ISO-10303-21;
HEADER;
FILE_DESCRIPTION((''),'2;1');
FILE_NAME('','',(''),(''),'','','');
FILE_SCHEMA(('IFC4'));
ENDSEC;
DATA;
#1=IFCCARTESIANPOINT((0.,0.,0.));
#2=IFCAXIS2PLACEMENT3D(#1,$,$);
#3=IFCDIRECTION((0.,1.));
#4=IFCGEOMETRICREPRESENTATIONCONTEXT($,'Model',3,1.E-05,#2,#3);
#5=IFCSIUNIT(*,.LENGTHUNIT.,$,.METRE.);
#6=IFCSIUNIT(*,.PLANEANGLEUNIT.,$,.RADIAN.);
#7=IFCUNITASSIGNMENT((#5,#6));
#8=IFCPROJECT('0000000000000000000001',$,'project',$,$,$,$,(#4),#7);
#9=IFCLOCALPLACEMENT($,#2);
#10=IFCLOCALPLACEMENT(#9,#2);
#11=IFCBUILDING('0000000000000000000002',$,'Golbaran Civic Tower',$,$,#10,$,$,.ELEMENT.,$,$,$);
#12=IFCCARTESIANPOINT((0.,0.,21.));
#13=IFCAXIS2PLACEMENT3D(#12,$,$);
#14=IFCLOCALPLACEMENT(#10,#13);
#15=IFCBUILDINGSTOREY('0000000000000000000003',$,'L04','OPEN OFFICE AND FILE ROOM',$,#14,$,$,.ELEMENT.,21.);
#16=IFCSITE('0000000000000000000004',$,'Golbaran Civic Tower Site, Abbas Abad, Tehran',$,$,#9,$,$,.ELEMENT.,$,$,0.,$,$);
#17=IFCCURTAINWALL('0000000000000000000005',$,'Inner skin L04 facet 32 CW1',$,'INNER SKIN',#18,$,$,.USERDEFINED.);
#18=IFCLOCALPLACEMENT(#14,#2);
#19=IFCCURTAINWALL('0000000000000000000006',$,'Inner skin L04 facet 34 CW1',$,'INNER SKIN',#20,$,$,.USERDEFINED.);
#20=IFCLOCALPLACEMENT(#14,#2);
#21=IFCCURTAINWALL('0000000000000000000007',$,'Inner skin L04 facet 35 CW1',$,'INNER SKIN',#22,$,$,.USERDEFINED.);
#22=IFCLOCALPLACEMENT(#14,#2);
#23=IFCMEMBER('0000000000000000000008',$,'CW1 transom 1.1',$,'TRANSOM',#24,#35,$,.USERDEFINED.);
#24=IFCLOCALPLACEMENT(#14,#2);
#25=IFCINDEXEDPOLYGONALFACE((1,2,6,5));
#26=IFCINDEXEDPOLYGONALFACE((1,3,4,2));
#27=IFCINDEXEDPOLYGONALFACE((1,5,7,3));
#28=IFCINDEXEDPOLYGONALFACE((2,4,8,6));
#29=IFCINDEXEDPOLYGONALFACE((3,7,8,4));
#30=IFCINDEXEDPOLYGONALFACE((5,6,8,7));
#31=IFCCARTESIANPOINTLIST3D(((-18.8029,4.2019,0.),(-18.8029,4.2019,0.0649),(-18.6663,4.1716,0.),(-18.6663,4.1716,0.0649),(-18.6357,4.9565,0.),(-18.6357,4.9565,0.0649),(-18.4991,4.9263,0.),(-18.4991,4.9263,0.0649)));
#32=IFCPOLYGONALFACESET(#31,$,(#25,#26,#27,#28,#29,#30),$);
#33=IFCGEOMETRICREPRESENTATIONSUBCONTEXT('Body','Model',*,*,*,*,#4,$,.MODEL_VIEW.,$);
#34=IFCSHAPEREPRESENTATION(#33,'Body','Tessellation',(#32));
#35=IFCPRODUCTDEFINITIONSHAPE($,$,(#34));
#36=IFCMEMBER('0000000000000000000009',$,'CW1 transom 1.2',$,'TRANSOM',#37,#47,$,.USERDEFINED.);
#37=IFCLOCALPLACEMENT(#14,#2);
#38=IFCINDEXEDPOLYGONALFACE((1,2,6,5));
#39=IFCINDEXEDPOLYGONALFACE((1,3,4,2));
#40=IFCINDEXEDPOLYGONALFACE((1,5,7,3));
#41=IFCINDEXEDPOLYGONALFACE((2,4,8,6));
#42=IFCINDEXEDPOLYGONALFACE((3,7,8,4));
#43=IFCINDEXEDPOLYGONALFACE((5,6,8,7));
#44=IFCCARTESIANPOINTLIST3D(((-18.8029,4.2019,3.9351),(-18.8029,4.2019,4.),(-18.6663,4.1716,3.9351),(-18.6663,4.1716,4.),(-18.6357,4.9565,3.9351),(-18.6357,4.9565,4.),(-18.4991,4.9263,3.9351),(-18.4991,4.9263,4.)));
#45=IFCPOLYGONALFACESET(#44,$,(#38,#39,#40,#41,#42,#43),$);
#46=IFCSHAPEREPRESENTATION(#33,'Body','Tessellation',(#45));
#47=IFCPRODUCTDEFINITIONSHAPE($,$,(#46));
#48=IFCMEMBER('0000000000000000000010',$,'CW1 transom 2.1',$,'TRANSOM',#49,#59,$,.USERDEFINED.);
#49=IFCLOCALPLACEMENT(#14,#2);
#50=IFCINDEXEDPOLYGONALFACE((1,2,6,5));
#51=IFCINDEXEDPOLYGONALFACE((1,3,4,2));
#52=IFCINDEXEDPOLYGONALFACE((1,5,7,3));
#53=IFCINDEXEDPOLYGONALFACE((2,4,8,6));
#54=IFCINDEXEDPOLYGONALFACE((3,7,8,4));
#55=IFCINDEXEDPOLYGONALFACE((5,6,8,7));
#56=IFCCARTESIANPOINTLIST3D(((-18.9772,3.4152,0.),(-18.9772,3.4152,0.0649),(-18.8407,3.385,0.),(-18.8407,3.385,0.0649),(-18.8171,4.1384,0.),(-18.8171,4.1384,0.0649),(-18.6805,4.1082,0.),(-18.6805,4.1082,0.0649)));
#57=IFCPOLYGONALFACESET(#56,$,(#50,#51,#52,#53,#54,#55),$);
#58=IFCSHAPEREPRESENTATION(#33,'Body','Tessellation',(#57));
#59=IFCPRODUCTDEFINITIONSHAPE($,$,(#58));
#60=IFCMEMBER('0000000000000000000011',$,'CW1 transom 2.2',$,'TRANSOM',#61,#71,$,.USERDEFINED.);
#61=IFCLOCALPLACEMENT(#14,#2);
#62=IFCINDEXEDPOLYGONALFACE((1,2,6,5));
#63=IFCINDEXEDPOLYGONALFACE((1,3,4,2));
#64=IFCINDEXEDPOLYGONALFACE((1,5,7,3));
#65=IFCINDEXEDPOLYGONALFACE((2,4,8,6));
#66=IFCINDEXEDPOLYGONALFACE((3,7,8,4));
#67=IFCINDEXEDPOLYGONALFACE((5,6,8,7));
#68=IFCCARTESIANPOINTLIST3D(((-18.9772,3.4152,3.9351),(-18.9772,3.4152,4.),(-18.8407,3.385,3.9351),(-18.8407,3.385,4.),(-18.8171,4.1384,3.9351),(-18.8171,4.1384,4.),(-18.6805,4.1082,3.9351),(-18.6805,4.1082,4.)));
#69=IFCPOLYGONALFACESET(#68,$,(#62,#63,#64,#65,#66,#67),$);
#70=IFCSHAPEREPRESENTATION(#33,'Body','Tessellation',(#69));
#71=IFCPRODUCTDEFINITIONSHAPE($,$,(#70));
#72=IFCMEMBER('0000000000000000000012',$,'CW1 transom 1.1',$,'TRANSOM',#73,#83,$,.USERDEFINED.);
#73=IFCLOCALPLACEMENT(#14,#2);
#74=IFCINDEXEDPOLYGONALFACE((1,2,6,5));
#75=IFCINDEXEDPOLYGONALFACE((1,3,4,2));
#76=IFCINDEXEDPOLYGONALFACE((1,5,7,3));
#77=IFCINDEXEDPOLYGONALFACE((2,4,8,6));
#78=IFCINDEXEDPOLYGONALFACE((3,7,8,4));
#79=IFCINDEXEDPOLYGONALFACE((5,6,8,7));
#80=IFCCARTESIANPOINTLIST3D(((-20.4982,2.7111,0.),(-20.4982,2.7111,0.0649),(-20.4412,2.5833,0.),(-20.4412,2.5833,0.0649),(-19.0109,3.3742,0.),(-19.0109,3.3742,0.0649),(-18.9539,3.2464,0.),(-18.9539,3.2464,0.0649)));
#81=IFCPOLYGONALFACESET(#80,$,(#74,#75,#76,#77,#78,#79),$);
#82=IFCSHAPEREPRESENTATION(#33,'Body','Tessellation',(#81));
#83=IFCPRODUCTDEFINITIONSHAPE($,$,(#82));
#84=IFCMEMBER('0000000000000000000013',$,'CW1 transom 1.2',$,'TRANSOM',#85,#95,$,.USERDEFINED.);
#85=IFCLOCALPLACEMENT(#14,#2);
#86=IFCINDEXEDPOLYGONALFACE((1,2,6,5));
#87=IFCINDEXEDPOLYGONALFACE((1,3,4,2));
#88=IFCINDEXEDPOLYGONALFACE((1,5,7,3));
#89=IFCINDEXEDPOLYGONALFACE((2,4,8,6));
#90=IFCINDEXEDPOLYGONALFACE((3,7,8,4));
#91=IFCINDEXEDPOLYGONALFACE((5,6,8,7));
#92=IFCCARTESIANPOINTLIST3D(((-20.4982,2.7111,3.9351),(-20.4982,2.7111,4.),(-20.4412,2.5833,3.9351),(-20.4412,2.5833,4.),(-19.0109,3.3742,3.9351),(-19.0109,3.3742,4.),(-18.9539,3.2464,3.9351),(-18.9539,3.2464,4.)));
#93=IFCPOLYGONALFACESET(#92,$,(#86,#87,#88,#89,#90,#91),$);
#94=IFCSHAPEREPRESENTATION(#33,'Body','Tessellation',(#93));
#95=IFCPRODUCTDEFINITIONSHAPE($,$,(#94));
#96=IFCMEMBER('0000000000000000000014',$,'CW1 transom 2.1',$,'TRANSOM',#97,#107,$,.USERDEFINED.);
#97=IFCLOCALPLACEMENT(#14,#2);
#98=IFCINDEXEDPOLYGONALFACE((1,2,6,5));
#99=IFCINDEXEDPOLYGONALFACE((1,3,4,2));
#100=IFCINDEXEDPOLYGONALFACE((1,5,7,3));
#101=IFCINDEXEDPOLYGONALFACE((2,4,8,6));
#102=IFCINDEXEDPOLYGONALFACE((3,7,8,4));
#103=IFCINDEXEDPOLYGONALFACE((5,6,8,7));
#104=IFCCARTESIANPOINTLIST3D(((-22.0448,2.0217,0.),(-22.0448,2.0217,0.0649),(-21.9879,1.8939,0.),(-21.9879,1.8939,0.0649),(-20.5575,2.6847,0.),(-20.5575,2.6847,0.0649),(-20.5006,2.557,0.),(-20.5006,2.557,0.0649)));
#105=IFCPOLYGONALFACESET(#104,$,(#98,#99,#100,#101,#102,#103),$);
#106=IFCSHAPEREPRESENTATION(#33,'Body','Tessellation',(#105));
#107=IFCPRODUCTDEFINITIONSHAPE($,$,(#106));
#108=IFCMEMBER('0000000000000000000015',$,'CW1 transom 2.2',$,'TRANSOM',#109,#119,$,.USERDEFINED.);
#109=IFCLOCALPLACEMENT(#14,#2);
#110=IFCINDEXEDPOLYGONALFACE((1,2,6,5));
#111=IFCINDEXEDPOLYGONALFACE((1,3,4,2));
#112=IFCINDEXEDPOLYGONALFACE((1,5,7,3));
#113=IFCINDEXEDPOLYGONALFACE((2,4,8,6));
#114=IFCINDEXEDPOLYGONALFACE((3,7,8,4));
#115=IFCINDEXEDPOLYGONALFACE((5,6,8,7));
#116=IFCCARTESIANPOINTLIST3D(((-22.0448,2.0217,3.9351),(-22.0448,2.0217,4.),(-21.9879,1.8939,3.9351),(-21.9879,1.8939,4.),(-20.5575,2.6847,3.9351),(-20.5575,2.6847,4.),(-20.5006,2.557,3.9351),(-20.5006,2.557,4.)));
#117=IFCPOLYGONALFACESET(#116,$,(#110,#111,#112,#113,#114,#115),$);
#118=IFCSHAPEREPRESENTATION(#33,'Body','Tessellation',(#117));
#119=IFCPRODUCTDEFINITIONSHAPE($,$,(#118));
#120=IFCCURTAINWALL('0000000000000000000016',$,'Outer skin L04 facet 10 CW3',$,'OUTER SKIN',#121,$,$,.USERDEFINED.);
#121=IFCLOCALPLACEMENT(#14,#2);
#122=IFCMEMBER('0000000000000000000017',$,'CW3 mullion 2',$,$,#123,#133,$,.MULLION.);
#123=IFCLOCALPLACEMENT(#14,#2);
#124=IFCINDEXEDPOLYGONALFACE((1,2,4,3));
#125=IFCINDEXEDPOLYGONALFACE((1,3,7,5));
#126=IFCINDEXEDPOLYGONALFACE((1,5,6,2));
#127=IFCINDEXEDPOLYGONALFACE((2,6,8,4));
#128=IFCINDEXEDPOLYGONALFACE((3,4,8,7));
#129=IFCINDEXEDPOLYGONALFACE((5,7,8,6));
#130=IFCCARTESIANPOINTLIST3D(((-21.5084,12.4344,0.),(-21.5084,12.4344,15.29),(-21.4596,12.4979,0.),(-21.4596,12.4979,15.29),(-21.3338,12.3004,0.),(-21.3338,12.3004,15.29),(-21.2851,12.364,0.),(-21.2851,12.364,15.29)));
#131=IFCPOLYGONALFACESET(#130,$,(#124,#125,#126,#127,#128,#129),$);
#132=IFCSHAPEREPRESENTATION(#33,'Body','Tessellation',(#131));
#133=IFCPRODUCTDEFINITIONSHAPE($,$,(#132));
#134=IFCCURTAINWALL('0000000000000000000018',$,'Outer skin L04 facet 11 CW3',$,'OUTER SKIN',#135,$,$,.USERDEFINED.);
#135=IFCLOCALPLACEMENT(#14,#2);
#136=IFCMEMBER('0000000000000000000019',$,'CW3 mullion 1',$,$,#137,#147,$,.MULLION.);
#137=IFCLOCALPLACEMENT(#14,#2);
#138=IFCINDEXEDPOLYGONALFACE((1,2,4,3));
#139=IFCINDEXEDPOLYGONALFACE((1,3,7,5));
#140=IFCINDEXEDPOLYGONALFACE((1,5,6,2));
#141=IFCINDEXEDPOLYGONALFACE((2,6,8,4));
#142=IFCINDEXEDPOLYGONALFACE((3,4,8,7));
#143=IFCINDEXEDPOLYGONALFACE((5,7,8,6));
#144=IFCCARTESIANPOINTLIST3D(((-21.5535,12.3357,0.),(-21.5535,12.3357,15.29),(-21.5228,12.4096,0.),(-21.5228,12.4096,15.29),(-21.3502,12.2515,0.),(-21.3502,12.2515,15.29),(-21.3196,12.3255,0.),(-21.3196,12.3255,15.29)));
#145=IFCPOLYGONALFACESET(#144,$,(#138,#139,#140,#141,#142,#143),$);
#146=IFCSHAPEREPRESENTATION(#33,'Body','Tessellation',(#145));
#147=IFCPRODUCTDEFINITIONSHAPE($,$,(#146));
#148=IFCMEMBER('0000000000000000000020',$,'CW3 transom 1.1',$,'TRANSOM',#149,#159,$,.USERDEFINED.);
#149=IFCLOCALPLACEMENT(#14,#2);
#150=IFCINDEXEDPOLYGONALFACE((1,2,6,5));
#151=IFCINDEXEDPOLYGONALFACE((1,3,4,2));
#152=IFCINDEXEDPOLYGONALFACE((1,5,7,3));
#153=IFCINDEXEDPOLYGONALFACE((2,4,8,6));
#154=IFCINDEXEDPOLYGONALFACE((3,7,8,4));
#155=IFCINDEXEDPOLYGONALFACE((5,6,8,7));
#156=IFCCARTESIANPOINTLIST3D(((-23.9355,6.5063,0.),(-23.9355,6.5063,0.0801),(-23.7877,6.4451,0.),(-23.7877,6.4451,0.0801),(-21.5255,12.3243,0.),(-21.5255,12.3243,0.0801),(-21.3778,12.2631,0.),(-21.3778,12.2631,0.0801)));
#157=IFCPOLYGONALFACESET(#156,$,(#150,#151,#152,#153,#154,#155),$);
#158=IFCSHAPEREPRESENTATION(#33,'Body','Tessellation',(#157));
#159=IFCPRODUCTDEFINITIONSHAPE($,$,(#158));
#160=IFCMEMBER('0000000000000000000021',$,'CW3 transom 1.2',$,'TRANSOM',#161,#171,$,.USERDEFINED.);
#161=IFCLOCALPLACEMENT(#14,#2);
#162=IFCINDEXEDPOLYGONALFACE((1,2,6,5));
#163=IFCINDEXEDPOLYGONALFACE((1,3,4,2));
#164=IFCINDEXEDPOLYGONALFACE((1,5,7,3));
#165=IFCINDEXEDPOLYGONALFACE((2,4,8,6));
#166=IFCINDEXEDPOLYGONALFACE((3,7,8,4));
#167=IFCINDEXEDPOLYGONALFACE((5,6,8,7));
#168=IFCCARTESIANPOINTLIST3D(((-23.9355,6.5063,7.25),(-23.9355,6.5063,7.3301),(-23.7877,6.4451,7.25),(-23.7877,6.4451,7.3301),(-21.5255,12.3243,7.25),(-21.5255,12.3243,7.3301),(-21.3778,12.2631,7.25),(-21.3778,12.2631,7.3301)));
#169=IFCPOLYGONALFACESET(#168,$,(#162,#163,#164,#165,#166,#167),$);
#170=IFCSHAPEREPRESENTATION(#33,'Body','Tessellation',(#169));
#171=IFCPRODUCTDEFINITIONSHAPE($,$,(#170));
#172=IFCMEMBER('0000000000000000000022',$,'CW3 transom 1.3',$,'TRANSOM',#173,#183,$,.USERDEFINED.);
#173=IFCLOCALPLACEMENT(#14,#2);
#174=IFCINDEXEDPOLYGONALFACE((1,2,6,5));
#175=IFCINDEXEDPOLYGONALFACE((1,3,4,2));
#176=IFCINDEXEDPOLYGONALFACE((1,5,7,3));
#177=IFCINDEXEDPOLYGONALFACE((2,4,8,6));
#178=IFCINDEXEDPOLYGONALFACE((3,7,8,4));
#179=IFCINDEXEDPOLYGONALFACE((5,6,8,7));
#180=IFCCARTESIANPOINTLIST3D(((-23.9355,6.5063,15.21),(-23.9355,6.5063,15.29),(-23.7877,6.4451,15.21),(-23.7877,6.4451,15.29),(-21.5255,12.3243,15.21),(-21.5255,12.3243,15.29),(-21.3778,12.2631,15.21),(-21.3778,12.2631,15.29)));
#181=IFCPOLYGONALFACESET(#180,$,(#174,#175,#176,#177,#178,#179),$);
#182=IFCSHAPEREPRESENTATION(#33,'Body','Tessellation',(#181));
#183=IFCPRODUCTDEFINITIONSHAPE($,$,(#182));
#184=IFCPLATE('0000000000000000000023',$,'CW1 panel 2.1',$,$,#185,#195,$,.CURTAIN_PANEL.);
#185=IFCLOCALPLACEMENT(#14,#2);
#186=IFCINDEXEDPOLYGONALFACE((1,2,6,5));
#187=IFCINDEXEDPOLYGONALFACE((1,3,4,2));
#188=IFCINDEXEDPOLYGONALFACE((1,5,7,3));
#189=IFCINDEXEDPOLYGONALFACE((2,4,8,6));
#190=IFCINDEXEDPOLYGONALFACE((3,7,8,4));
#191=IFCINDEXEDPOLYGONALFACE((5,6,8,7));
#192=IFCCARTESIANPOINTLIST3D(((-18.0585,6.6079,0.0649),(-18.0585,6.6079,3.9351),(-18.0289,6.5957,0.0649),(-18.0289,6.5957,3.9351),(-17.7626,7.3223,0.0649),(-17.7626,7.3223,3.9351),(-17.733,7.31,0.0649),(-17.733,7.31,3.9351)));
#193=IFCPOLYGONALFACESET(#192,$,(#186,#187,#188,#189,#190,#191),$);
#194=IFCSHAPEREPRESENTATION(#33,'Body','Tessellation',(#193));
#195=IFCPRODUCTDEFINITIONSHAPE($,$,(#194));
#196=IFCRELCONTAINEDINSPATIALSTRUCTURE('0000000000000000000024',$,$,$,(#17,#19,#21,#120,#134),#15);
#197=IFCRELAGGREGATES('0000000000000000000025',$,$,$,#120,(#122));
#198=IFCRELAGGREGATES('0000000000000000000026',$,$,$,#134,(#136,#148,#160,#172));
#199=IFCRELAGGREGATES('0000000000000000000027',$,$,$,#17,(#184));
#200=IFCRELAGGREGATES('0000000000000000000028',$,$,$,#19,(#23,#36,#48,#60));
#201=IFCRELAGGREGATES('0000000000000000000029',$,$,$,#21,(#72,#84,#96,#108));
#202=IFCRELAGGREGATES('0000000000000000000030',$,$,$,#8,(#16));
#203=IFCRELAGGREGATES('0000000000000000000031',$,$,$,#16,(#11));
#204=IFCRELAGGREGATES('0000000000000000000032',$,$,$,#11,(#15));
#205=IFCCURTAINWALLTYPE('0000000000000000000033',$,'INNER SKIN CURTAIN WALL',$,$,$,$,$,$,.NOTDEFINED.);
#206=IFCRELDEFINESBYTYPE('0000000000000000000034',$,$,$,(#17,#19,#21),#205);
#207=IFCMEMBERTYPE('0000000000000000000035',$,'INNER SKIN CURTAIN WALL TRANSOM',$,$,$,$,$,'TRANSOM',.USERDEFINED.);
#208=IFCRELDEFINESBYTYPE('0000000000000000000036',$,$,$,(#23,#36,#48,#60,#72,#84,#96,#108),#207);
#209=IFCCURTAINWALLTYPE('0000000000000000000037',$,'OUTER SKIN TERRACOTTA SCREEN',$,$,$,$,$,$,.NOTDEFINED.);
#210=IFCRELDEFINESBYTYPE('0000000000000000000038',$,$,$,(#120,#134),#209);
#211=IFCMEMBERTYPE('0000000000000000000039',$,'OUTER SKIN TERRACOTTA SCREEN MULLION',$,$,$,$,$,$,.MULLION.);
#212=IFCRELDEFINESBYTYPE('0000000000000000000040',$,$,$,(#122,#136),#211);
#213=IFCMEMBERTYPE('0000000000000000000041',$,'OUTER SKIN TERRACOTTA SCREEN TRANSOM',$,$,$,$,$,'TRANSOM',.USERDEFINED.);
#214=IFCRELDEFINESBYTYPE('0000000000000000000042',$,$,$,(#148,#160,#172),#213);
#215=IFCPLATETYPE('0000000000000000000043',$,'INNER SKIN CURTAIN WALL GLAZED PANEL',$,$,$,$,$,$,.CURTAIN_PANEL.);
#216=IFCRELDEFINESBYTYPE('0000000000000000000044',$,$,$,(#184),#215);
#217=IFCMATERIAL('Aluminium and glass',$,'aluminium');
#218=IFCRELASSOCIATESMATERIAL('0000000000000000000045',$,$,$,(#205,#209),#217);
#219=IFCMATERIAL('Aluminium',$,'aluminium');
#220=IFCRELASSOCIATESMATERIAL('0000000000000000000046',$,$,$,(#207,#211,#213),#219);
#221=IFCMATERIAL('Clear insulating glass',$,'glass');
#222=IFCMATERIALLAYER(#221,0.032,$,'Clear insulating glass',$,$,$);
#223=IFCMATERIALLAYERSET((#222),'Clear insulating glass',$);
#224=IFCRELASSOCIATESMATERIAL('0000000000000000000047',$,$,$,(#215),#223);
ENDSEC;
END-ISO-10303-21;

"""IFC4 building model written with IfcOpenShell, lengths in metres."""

from ifc_helpers import new_model, si_unit, direction, frame, origin, origin_2d, place, context, subcontext, project, spatial, rectangle, extrude, material, layer, layer_set, material_profile, profile_set, type_object, element, aggregate, save


model = new_model("IFC4")

# Units and contexts
model_context = context("Model", 3, precision=1e-05, world=origin(), true_north=direction((0.0, 1.0)))
body_context = subcontext(model_context, "Body", "Model", "MODEL_VIEW")
ifc_project = project(units=[si_unit("LENGTHUNIT", "METRE"), si_unit("PLANEANGLEUNIT", "RADIAN")], contexts=[model_context])

# Site, building, storey
site_placement = place(None, origin())
site = spatial("IfcSite", under=ifc_project, at=site_placement, Name="Golbaran Civic Tower Site, Abbas Abad, Tehran", CompositionType="ELEMENT", RefElevation=0.0)
building_placement = place(site_placement, origin())
building = spatial("IfcBuilding", under=site, at=building_placement, Name="Golbaran Civic Tower", CompositionType="ELEMENT")
storey_placement = place(building_placement, frame((0.0, 0.0, 21.0)))
storey = spatial("IfcBuildingStorey", under=building, at=storey_placement, Name="L04", Description="OPEN OFFICE AND FILE ROOM", CompositionType="ELEMENT", Elevation=21.0)

# Curtain wall
ifc_material_1 = material(Name="Aluminium and glass", Category="aluminium")
curtain_wall_type_1 = type_object("IfcCurtainWallType", Name="INNER SKIN CURTAIN WALL", PredefinedType="NOTDEFINED", material=ifc_material_1)
curtain_wall_1_placement = place(storey_placement, origin())
curtain_wall_1 = element("IfcCurtainWall", 1, at=curtain_wall_1_placement, inside=storey, type_object=curtain_wall_type_1, Name="Inner skin L04 facet 32 CW1", ObjectType="INNER SKIN", PredefinedType="USERDEFINED")
ifc_material_2 = material(Name="Aluminium", Category="aluminium")

# Curtain walls
curtain_wall_2_placement = place(storey_placement, origin())
curtain_wall_2 = element("IfcCurtainWall", 2, at=curtain_wall_2_placement, inside=storey, type_object=curtain_wall_type_1, Name="Inner skin L04 facet 34 CW1", ObjectType="INNER SKIN", PredefinedType="USERDEFINED")
curtain_wall_3_placement = place(storey_placement, origin())
curtain_wall_3 = element("IfcCurtainWall", 3, at=curtain_wall_3_placement, inside=storey, type_object=curtain_wall_type_1, Name="Inner skin L04 facet 35 CW1", ObjectType="INNER SKIN", PredefinedType="USERDEFINED")

# Members
ifc_material_profile_1 = material_profile(ifc_material_2, rectangle(XDim=0.1399, YDim=0.0649, at=origin_2d()), Name="INNER SKIN CURTAIN WALL TRANSOM")
ifc_profile_set_1 = profile_set([ifc_material_profile_1], Name="Aluminium")
member_type_1 = type_object("IfcMemberType", Name="INNER SKIN CURTAIN WALL TRANSOM", ElementType="TRANSOM", PredefinedType="USERDEFINED", material=ifc_profile_set_1)
member_1_placement = place(storey_placement, frame((-18.5674, 4.9414, 0.0325), z_axis=(-0.216362, -0.976313, 0.0), x_axis=(0.976313, -0.216362, 0.0)))
member_1 = element("IfcMember", 4, at=member_1_placement, type_object=member_type_1, Name="CW1 transom 1.1", ObjectType="TRANSOM", PredefinedType="USERDEFINED", context=body_context, shape_type="SweptSolid", body=[
    extrude(rectangle(XDim=0.1399, YDim=0.0649, at=origin_2d()), origin(), (0.0, 0.0, 1.0), 0.7729),
])
member_2_placement = place(storey_placement, frame((-18.5674, 4.9414, 3.9675), z_axis=(-0.216362, -0.976313, 0.0), x_axis=(0.976313, -0.216362, 0.0)))
member_2 = element("IfcMember", 5, at=member_2_placement, type_object=member_type_1, Name="CW1 transom 1.2", ObjectType="TRANSOM", PredefinedType="USERDEFINED", context=body_context, shape_type="SweptSolid", body=[
    extrude(rectangle(XDim=0.1399, YDim=0.0649, at=origin_2d()), origin(), (0.0, 0.0, 1.0), 0.7729),
])
member_3_placement = place(storey_placement, frame((-18.7488, 4.1233, 0.0325), z_axis=(-0.216232, -0.976342, 0.0), x_axis=(0.976342, -0.216232, 0.0)))
member_3 = element("IfcMember", 6, at=member_3_placement, type_object=member_type_1, Name="CW1 transom 2.1", ObjectType="TRANSOM", PredefinedType="USERDEFINED", context=body_context, shape_type="SweptSolid", body=[
    extrude(rectangle(XDim=0.1399, YDim=0.0649, at=origin_2d()), origin(), (0.0, 0.0, 1.0), 0.7407),
])
member_4_placement = place(storey_placement, frame((-18.7488, 4.1233, 3.9675), z_axis=(-0.216232, -0.976342, 0.0), x_axis=(0.976342, -0.216232, 0.0)))
member_4 = element("IfcMember", 7, at=member_4_placement, type_object=member_type_1, Name="CW1 transom 2.2", ObjectType="TRANSOM", PredefinedType="USERDEFINED", context=body_context, shape_type="SweptSolid", body=[
    extrude(rectangle(XDim=0.1399, YDim=0.0649, at=origin_2d()), origin(), (0.0, 0.0, 1.0), 0.7407),
])
member_5_placement = place(storey_placement, frame((-18.9824, 3.3103, 0.0325), z_axis=(-0.913341, -0.407195, 0.0), x_axis=(0.407195, -0.913341, 0.0)))
member_5 = element("IfcMember", 8, at=member_5_placement, type_object=member_type_1, Name="CW1 transom 1.1", ObjectType="TRANSOM", PredefinedType="USERDEFINED", context=body_context, shape_type="SweptSolid", body=[
    extrude(rectangle(XDim=0.1399, YDim=0.0649, at=origin_2d()), origin(), (0.0, 0.0, 1.0), 1.6284),
])
member_6_placement = place(storey_placement, frame((-18.9824, 3.3103, 3.9675), z_axis=(-0.913341, -0.407195, 0.0), x_axis=(0.407195, -0.913341, 0.0)))
member_6 = element("IfcMember", 9, at=member_6_placement, type_object=member_type_1, Name="CW1 transom 1.2", ObjectType="TRANSOM", PredefinedType="USERDEFINED", context=body_context, shape_type="SweptSolid", body=[
    extrude(rectangle(XDim=0.1399, YDim=0.0649, at=origin_2d()), origin(), (0.0, 0.0, 1.0), 1.6284),
])
member_7_placement = place(storey_placement, frame((-20.5291, 2.6208, 0.0325), z_axis=(-0.913341, -0.407195, 0.0), x_axis=(0.407195, -0.913341, 0.0)))
member_7 = element("IfcMember", 10, at=member_7_placement, type_object=member_type_1, Name="CW1 transom 2.1", ObjectType="TRANSOM", PredefinedType="USERDEFINED", context=body_context, shape_type="SweptSolid", body=[
    extrude(rectangle(XDim=0.1399, YDim=0.0649, at=origin_2d()), origin(), (0.0, 0.0, 1.0), 1.6284),
])
member_8_placement = place(storey_placement, frame((-20.5291, 2.6208, 3.9675), z_axis=(-0.913341, -0.407195, 0.0), x_axis=(0.407195, -0.913341, 0.0)))
member_8 = element("IfcMember", 11, at=member_8_placement, type_object=member_type_1, Name="CW1 transom 2.2", ObjectType="TRANSOM", PredefinedType="USERDEFINED", context=body_context, shape_type="SweptSolid", body=[
    extrude(rectangle(XDim=0.1399, YDim=0.0649, at=origin_2d()), origin(), (0.0, 0.0, 1.0), 1.6284),
])

# Curtain wall, member
curtain_wall_type_2 = type_object("IfcCurtainWallType", Name="OUTER SKIN TERRACOTTA SCREEN", PredefinedType="NOTDEFINED", material=ifc_material_1)
curtain_wall_4_placement = place(storey_placement, origin())
curtain_wall_4 = element("IfcCurtainWall", 12, at=curtain_wall_4_placement, inside=storey, type_object=curtain_wall_type_2, Name="Outer skin L04 facet 10 CW3", ObjectType="OUTER SKIN", PredefinedType="USERDEFINED")
ifc_material_profile_2 = material_profile(ifc_material_2, rectangle(XDim=0.22, YDim=0.0801, at=origin_2d()), Name="OUTER SKIN TERRACOTTA SCREEN MULLION")
ifc_profile_set_2 = profile_set([ifc_material_profile_2], Name="Aluminium")
member_type_2 = type_object("IfcMemberType", Name="OUTER SKIN TERRACOTTA SCREEN MULLION", PredefinedType="MULLION", material=ifc_profile_set_2)
member_9_placement = place(storey_placement, frame((-21.3967, 12.3992, 0.0), z_axis=(0.0, 0.0, 1.0), x_axis=(0.793353, -0.608761, 0.0)))
member_9 = element("IfcMember", 13, at=member_9_placement, type_object=member_type_2, Name="CW3 mullion 2", PredefinedType="MULLION", context=body_context, shape_type="SweptSolid", body=[
    extrude(rectangle(XDim=0.22, YDim=0.0801, at=origin_2d()), origin(), (0.0, 0.0, 1.0), 15.29),
])
aggregate(curtain_wall_4, [member_9])

# Curtain wall, members
curtain_wall_5_placement = place(storey_placement, origin())
curtain_wall_5 = element("IfcCurtainWall", 14, at=curtain_wall_5_placement, inside=storey, type_object=curtain_wall_type_2, Name="Outer skin L04 facet 11 CW3", ObjectType="OUTER SKIN", PredefinedType="USERDEFINED")
member_10_placement = place(storey_placement, frame((-21.4365, 12.3306, 0.0), z_axis=(0.0, 0.0, 1.0), x_axis=(0.92388, -0.382683, 0.0)))
member_10 = element("IfcMember", 15, at=member_10_placement, type_object=member_type_2, Name="CW3 mullion 1", PredefinedType="MULLION", context=body_context, shape_type="SweptSolid", body=[
    extrude(rectangle(XDim=0.22, YDim=0.0801, at=origin_2d()), origin(), (0.0, 0.0, 1.0), 15.29),
])
ifc_material_profile_3 = material_profile(ifc_material_2, rectangle(XDim=0.1599, YDim=0.0801, at=origin_2d()), Name="OUTER SKIN TERRACOTTA SCREEN TRANSOM")
ifc_profile_set_3 = profile_set([ifc_material_profile_3], Name="Aluminium")
member_type_3 = type_object("IfcMemberType", Name="OUTER SKIN TERRACOTTA SCREEN TRANSOM", ElementType="TRANSOM", PredefinedType="USERDEFINED", material=ifc_profile_set_3)
member_11_placement = place(storey_placement, frame((-21.4517, 12.2937, 0.04), z_axis=(-0.382693, -0.923876, 0.0), x_axis=(0.923876, -0.382693, 0.0)))
member_11 = element("IfcMember", 16, at=member_11_placement, type_object=member_type_3, Name="CW3 transom 1.1", ObjectType="TRANSOM", PredefinedType="USERDEFINED", context=body_context, shape_type="SweptSolid", body=[
    extrude(rectangle(XDim=0.1599, YDim=0.0801, at=origin_2d()), origin(), (0.0, 0.0, 1.0), 6.2974),
])
member_12_placement = place(storey_placement, frame((-21.4517, 12.2937, 7.29), z_axis=(-0.382693, -0.923876, 0.0), x_axis=(0.923876, -0.382693, 0.0)))
member_12 = element("IfcMember", 17, at=member_12_placement, type_object=member_type_3, Name="CW3 transom 1.2", ObjectType="TRANSOM", PredefinedType="USERDEFINED", context=body_context, shape_type="SweptSolid", body=[
    extrude(rectangle(XDim=0.1599, YDim=0.0801, at=origin_2d()), origin(), (0.0, 0.0, 1.0), 6.2974),
])
member_13_placement = place(storey_placement, frame((-21.4517, 12.2937, 15.25), z_axis=(-0.382693, -0.923876, 0.0), x_axis=(0.923876, -0.382693, 0.0)))
member_13 = element("IfcMember", 18, at=member_13_placement, type_object=member_type_3, Name="CW3 transom 1.3", ObjectType="TRANSOM", PredefinedType="USERDEFINED", context=body_context, shape_type="SweptSolid", body=[
    extrude(rectangle(XDim=0.1599, YDim=0.0801, at=origin_2d()), origin(), (0.0, 0.0, 1.0), 6.2974),
])
aggregate(curtain_wall_5, [member_10, member_11, member_12, member_13])

# Plate
ifc_material_3 = material(Name="Clear insulating glass", Category="glass")
ifc_layer = layer(ifc_material_3, 0.032, Name="Clear insulating glass")
ifc_layer_set = layer_set([ifc_layer], Name="Clear insulating glass")
plate_type = type_object("IfcPlateType", Name="INNER SKIN CURTAIN WALL GLAZED PANEL", PredefinedType="CURTAIN_PANEL", material=ifc_layer_set)
plate_1_placement = place(storey_placement, frame((-17.8958, 6.959, 0.0649), z_axis=(0.0, 0.0, 1.0), x_axis=(-0.382683, -0.92388, 0.0)))
plate_1 = element("IfcPlate", 19, at=plate_1_placement, type_object=plate_type, Name="CW1 panel 2.1", PredefinedType="CURTAIN_PANEL", context=body_context, shape_type="SweptSolid", body=[
    extrude(rectangle(XDim=0.7732, YDim=0.032, at=origin_2d()), origin(), (0.0, 0.0, 1.0), 3.8701),
])
aggregate(curtain_wall_1, [plate_1])
aggregate(curtain_wall_2, [member_1, member_2, member_3, member_4])
aggregate(curtain_wall_3, [member_5, member_6, member_7, member_8])

save(model, "model.ifc")
